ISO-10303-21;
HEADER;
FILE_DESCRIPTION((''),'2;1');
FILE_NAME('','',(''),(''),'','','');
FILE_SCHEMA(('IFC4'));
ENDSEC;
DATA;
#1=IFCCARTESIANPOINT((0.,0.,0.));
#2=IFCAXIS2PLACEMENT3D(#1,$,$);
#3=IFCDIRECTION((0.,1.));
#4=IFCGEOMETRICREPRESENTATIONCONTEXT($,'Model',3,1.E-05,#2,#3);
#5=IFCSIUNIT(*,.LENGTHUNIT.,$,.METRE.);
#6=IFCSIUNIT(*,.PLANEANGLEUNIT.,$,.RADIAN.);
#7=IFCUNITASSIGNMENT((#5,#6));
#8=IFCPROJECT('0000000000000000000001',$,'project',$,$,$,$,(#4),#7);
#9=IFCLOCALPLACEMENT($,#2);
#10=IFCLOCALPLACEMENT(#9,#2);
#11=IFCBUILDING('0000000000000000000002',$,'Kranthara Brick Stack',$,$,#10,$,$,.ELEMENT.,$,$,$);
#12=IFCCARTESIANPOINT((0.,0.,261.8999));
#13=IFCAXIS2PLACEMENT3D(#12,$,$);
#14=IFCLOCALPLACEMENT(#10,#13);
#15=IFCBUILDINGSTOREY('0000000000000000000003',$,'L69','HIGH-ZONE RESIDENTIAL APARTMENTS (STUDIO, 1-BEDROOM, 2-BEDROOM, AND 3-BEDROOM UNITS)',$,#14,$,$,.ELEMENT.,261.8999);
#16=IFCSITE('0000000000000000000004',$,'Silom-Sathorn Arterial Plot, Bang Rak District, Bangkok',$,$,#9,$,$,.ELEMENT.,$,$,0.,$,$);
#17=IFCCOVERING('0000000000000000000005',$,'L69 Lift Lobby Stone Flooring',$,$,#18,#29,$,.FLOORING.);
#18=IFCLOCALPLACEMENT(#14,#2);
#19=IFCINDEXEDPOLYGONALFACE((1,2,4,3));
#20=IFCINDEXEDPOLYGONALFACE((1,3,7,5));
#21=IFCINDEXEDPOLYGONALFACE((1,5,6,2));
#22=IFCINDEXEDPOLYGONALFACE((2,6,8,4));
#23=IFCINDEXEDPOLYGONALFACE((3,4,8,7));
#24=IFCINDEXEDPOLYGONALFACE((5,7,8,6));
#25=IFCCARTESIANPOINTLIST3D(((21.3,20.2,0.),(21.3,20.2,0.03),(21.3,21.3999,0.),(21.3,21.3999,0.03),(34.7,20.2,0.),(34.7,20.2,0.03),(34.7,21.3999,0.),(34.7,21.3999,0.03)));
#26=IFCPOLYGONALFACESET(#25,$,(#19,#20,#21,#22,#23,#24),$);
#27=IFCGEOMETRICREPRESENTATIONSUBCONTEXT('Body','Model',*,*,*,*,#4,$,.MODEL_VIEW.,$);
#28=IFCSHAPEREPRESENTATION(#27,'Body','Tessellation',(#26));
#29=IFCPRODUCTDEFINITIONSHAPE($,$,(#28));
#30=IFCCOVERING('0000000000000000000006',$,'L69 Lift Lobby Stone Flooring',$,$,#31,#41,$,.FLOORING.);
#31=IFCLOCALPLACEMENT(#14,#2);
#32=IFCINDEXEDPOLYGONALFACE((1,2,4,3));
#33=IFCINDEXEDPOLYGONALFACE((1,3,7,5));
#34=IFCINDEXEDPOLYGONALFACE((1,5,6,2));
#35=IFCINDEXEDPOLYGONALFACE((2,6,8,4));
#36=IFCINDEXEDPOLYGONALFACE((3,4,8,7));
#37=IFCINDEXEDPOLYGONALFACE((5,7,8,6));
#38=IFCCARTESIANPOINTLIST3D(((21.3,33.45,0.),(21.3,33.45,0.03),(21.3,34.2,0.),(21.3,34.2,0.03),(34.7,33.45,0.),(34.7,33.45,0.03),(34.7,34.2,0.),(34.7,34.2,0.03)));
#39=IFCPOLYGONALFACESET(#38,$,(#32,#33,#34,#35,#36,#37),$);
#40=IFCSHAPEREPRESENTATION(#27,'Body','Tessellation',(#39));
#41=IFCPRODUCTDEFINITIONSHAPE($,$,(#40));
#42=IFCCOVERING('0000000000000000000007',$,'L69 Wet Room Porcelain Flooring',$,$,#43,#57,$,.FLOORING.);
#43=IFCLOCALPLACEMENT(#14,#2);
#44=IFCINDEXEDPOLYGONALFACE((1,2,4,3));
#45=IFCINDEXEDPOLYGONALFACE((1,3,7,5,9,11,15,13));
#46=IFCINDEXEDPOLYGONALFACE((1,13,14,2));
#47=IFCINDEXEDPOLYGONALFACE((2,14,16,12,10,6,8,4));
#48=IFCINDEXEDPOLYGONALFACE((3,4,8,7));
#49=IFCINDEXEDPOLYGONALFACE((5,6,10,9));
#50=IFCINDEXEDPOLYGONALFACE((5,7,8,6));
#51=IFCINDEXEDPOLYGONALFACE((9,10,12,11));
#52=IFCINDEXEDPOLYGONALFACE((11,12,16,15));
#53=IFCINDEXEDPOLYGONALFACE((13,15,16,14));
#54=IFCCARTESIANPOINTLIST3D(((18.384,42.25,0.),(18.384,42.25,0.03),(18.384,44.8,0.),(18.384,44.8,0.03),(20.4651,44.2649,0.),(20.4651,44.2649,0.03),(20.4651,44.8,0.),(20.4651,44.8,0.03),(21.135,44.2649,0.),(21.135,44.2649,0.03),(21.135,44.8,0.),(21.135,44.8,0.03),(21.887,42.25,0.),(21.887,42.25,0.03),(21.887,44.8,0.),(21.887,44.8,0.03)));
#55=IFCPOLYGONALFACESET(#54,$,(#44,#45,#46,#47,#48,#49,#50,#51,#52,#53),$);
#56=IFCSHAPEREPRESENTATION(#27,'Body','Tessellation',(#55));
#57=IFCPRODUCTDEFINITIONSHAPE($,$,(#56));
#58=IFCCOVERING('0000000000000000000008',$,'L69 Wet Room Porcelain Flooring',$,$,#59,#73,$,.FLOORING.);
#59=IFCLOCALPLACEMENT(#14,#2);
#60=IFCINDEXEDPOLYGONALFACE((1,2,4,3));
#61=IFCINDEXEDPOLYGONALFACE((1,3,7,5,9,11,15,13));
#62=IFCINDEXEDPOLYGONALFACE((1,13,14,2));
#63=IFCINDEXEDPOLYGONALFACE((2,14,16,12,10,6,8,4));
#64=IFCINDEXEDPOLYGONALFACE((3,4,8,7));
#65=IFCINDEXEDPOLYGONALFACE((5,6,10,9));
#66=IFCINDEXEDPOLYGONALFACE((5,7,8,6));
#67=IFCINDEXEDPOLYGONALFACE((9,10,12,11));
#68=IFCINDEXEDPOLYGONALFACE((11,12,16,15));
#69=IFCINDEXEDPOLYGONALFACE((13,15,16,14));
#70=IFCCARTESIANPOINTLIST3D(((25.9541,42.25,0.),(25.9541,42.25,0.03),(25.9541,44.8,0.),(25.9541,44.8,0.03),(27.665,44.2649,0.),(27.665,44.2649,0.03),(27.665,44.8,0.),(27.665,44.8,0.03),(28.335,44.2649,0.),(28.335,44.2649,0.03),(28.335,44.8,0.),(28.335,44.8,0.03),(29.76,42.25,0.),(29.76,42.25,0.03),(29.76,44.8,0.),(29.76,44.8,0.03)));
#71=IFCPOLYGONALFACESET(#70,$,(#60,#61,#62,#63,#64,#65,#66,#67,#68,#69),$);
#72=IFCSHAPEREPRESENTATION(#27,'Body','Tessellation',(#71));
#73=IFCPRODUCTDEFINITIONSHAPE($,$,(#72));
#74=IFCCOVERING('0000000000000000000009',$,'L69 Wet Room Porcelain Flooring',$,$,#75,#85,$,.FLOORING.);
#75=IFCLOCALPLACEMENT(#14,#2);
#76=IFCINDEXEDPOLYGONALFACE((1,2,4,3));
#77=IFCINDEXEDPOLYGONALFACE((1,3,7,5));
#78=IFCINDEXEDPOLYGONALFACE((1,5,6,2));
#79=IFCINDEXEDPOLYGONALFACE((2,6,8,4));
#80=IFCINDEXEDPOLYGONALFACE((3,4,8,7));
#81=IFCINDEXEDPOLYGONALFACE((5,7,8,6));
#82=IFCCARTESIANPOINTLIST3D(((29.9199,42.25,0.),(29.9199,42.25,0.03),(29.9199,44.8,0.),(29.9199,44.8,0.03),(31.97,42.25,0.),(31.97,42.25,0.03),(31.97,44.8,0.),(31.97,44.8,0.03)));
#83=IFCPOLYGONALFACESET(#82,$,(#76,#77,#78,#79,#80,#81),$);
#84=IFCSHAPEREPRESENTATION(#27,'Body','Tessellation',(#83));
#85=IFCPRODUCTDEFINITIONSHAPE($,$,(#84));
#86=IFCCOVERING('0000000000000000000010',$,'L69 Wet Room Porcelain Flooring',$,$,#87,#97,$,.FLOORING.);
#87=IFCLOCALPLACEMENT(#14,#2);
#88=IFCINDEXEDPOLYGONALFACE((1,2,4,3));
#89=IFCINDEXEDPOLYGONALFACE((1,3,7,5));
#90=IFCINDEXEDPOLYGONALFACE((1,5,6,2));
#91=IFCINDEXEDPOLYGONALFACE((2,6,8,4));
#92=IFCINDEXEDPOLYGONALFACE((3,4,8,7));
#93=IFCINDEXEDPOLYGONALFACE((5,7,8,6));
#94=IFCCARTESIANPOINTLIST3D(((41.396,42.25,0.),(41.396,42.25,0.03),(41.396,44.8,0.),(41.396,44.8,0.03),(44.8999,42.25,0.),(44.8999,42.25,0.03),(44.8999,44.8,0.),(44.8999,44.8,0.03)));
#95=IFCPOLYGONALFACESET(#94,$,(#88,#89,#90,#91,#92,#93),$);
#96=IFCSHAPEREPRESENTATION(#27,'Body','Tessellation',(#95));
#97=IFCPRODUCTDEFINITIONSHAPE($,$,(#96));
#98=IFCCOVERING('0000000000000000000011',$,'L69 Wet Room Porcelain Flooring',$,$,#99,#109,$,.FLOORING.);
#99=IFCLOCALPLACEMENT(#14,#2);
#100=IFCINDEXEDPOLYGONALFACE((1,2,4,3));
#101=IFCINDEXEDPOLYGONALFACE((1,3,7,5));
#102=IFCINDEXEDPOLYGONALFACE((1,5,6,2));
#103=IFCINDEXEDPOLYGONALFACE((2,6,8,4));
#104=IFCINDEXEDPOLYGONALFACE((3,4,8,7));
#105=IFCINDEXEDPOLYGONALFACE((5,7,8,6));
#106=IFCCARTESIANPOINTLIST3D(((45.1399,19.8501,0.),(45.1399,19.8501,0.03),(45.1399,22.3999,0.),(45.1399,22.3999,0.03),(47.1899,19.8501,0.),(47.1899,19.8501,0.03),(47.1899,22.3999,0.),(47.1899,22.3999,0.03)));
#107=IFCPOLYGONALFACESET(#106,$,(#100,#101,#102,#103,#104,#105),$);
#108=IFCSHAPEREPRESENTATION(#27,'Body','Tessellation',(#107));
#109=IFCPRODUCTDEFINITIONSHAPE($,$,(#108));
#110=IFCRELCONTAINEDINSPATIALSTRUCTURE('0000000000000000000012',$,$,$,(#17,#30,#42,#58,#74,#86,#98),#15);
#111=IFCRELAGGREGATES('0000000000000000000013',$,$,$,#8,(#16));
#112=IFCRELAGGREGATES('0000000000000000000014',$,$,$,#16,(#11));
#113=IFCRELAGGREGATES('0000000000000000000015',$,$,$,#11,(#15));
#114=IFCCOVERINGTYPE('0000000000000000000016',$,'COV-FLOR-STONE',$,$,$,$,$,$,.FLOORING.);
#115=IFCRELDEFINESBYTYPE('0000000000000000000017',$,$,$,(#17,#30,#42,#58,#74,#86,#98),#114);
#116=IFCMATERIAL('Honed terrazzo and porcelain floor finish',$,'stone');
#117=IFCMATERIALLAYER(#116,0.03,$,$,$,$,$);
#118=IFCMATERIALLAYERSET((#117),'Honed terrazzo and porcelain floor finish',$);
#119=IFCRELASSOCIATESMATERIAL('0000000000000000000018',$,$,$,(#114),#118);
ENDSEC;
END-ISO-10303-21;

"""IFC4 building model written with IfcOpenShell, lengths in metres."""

from ifc_helpers import new_model, si_unit, direction, frame, origin, place, context, subcontext, project, spatial, polyline, outline, extrude, material, layer, layer_set, type_object, element, save


model = new_model("IFC4")

# Units and contexts
model_context = context("Model", 3, precision=1e-05, world=origin(), true_north=direction((0.0, 1.0)))
body_context = subcontext(model_context, "Body", "Model", "MODEL_VIEW")
ifc_project = project(units=[si_unit("LENGTHUNIT", "METRE"), si_unit("PLANEANGLEUNIT", "RADIAN")], contexts=[model_context])

# Site, building, storey
site_placement = place(None, origin())
site = spatial("IfcSite", under=ifc_project, at=site_placement, Name="Silom-Sathorn Arterial Plot, Bang Rak District, Bangkok", CompositionType="ELEMENT", RefElevation=0.0)
building_placement = place(site_placement, origin())
building = spatial("IfcBuilding", under=site, at=building_placement, Name="Kranthara Brick Stack", CompositionType="ELEMENT")
storey_placement = place(building_placement, frame((0.0, 0.0, 261.8999)))
storey = spatial("IfcBuildingStorey", under=building, at=storey_placement, Name="L69", Description="HIGH-ZONE RESIDENTIAL APARTMENTS (STUDIO, 1-BEDROOM, 2-BEDROOM, AND 3-BEDROOM UNITS)", CompositionType="ELEMENT", Elevation=261.8999)

# Coverings
ifc_material_1 = material(Name="Honed terrazzo and porcelain floor finish", Category="stone")
ifc_layer_1 = layer(ifc_material_1, 0.03)
ifc_layer_set_1 = layer_set([ifc_layer_1], Name="Honed terrazzo and porcelain floor finish")
covering_type_1 = type_object("IfcCoveringType", Name="COV-FLOR-STONE", PredefinedType="FLOORING", material=ifc_layer_set_1)
covering_1_placement = place(storey_placement, origin())
element("IfcCovering", 1, at=covering_1_placement, inside=storey, type_object=covering_type_1, Name="L69 Lift Lobby Stone Flooring", PredefinedType="FLOORING", context=body_context, shape_type="SweptSolid", body=[
    extrude(outline(polyline([(34.7, 20.2), (21.3, 20.2), (21.3, 21.3999), (34.7, 21.3999), (34.7, 20.2)])), origin(), (0.0, 0.0, 1.0), 0.03),
])
covering_2_placement = place(storey_placement, origin())
element("IfcCovering", 2, at=covering_2_placement, inside=storey, type_object=covering_type_1, Name="L69 Lift Lobby Stone Flooring", PredefinedType="FLOORING", context=body_context, shape_type="SweptSolid", body=[
    extrude(outline(polyline([(34.7, 33.45), (21.3, 33.45), (21.3, 34.2), (34.7, 34.2), (34.7, 33.45)])), origin(), (0.0, 0.0, 1.0), 0.03),
])
covering_3_placement = place(storey_placement, origin())
element("IfcCovering", 3, at=covering_3_placement, inside=storey, type_object=covering_type_1, Name="L69 Wet Room Porcelain Flooring", PredefinedType="FLOORING", context=body_context, shape_type="SweptSolid", body=[
    extrude(outline(polyline([(21.887, 44.8), (21.887, 42.25), (18.384, 42.25), (18.384, 44.8), (20.4651, 44.8), (20.4651, 44.2649), (21.135, 44.2649), (21.135, 44.8), (21.887, 44.8)])), origin(), (0.0, 0.0, 1.0), 0.03),
])
covering_4_placement = place(storey_placement, origin())
element("IfcCovering", 4, at=covering_4_placement, inside=storey, type_object=covering_type_1, Name="L69 Wet Room Porcelain Flooring", PredefinedType="FLOORING", context=body_context, shape_type="SweptSolid", body=[
    extrude(outline(polyline([(29.76, 44.8), (29.76, 42.25), (25.9541, 42.25), (25.9541, 44.8), (27.665, 44.8), (27.665, 44.2649), (28.335, 44.2649), (28.335, 44.8), (29.76, 44.8)])), origin(), (0.0, 0.0, 1.0), 0.03),
])
covering_5_placement = place(storey_placement, origin())
element("IfcCovering", 5, at=covering_5_placement, inside=storey, type_object=covering_type_1, Name="L69 Wet Room Porcelain Flooring", PredefinedType="FLOORING", context=body_context, shape_type="SweptSolid", body=[
    extrude(outline(polyline([(31.97, 42.25), (31.97, 44.8), (29.9199, 44.8), (29.9199, 42.25), (31.97, 42.25)])), origin(), (0.0, 0.0, 1.0), 0.03),
])
covering_6_placement = place(storey_placement, origin())
element("IfcCovering", 6, at=covering_6_placement, inside=storey, type_object=covering_type_1, Name="L69 Wet Room Porcelain Flooring", PredefinedType="FLOORING", context=body_context, shape_type="SweptSolid", body=[
    extrude(outline(polyline([(44.8999, 42.25), (44.8999, 44.8), (41.396, 44.8), (41.396, 42.25), (44.8999, 42.25)])), origin(), (0.0, 0.0, 1.0), 0.03),
])
covering_7_placement = place(storey_placement, origin())
element("IfcCovering", 7, at=covering_7_placement, inside=storey, type_object=covering_type_1, Name="L69 Wet Room Porcelain Flooring", PredefinedType="FLOORING", context=body_context, shape_type="SweptSolid", body=[
    extrude(outline(polyline([(47.1899, 19.8501), (47.1899, 22.3999), (45.1399, 22.3999), (45.1399, 19.8501), (47.1899, 19.8501)])), origin(), (0.0, 0.0, 1.0), 0.03),
])

save(model, "model.ifc")
